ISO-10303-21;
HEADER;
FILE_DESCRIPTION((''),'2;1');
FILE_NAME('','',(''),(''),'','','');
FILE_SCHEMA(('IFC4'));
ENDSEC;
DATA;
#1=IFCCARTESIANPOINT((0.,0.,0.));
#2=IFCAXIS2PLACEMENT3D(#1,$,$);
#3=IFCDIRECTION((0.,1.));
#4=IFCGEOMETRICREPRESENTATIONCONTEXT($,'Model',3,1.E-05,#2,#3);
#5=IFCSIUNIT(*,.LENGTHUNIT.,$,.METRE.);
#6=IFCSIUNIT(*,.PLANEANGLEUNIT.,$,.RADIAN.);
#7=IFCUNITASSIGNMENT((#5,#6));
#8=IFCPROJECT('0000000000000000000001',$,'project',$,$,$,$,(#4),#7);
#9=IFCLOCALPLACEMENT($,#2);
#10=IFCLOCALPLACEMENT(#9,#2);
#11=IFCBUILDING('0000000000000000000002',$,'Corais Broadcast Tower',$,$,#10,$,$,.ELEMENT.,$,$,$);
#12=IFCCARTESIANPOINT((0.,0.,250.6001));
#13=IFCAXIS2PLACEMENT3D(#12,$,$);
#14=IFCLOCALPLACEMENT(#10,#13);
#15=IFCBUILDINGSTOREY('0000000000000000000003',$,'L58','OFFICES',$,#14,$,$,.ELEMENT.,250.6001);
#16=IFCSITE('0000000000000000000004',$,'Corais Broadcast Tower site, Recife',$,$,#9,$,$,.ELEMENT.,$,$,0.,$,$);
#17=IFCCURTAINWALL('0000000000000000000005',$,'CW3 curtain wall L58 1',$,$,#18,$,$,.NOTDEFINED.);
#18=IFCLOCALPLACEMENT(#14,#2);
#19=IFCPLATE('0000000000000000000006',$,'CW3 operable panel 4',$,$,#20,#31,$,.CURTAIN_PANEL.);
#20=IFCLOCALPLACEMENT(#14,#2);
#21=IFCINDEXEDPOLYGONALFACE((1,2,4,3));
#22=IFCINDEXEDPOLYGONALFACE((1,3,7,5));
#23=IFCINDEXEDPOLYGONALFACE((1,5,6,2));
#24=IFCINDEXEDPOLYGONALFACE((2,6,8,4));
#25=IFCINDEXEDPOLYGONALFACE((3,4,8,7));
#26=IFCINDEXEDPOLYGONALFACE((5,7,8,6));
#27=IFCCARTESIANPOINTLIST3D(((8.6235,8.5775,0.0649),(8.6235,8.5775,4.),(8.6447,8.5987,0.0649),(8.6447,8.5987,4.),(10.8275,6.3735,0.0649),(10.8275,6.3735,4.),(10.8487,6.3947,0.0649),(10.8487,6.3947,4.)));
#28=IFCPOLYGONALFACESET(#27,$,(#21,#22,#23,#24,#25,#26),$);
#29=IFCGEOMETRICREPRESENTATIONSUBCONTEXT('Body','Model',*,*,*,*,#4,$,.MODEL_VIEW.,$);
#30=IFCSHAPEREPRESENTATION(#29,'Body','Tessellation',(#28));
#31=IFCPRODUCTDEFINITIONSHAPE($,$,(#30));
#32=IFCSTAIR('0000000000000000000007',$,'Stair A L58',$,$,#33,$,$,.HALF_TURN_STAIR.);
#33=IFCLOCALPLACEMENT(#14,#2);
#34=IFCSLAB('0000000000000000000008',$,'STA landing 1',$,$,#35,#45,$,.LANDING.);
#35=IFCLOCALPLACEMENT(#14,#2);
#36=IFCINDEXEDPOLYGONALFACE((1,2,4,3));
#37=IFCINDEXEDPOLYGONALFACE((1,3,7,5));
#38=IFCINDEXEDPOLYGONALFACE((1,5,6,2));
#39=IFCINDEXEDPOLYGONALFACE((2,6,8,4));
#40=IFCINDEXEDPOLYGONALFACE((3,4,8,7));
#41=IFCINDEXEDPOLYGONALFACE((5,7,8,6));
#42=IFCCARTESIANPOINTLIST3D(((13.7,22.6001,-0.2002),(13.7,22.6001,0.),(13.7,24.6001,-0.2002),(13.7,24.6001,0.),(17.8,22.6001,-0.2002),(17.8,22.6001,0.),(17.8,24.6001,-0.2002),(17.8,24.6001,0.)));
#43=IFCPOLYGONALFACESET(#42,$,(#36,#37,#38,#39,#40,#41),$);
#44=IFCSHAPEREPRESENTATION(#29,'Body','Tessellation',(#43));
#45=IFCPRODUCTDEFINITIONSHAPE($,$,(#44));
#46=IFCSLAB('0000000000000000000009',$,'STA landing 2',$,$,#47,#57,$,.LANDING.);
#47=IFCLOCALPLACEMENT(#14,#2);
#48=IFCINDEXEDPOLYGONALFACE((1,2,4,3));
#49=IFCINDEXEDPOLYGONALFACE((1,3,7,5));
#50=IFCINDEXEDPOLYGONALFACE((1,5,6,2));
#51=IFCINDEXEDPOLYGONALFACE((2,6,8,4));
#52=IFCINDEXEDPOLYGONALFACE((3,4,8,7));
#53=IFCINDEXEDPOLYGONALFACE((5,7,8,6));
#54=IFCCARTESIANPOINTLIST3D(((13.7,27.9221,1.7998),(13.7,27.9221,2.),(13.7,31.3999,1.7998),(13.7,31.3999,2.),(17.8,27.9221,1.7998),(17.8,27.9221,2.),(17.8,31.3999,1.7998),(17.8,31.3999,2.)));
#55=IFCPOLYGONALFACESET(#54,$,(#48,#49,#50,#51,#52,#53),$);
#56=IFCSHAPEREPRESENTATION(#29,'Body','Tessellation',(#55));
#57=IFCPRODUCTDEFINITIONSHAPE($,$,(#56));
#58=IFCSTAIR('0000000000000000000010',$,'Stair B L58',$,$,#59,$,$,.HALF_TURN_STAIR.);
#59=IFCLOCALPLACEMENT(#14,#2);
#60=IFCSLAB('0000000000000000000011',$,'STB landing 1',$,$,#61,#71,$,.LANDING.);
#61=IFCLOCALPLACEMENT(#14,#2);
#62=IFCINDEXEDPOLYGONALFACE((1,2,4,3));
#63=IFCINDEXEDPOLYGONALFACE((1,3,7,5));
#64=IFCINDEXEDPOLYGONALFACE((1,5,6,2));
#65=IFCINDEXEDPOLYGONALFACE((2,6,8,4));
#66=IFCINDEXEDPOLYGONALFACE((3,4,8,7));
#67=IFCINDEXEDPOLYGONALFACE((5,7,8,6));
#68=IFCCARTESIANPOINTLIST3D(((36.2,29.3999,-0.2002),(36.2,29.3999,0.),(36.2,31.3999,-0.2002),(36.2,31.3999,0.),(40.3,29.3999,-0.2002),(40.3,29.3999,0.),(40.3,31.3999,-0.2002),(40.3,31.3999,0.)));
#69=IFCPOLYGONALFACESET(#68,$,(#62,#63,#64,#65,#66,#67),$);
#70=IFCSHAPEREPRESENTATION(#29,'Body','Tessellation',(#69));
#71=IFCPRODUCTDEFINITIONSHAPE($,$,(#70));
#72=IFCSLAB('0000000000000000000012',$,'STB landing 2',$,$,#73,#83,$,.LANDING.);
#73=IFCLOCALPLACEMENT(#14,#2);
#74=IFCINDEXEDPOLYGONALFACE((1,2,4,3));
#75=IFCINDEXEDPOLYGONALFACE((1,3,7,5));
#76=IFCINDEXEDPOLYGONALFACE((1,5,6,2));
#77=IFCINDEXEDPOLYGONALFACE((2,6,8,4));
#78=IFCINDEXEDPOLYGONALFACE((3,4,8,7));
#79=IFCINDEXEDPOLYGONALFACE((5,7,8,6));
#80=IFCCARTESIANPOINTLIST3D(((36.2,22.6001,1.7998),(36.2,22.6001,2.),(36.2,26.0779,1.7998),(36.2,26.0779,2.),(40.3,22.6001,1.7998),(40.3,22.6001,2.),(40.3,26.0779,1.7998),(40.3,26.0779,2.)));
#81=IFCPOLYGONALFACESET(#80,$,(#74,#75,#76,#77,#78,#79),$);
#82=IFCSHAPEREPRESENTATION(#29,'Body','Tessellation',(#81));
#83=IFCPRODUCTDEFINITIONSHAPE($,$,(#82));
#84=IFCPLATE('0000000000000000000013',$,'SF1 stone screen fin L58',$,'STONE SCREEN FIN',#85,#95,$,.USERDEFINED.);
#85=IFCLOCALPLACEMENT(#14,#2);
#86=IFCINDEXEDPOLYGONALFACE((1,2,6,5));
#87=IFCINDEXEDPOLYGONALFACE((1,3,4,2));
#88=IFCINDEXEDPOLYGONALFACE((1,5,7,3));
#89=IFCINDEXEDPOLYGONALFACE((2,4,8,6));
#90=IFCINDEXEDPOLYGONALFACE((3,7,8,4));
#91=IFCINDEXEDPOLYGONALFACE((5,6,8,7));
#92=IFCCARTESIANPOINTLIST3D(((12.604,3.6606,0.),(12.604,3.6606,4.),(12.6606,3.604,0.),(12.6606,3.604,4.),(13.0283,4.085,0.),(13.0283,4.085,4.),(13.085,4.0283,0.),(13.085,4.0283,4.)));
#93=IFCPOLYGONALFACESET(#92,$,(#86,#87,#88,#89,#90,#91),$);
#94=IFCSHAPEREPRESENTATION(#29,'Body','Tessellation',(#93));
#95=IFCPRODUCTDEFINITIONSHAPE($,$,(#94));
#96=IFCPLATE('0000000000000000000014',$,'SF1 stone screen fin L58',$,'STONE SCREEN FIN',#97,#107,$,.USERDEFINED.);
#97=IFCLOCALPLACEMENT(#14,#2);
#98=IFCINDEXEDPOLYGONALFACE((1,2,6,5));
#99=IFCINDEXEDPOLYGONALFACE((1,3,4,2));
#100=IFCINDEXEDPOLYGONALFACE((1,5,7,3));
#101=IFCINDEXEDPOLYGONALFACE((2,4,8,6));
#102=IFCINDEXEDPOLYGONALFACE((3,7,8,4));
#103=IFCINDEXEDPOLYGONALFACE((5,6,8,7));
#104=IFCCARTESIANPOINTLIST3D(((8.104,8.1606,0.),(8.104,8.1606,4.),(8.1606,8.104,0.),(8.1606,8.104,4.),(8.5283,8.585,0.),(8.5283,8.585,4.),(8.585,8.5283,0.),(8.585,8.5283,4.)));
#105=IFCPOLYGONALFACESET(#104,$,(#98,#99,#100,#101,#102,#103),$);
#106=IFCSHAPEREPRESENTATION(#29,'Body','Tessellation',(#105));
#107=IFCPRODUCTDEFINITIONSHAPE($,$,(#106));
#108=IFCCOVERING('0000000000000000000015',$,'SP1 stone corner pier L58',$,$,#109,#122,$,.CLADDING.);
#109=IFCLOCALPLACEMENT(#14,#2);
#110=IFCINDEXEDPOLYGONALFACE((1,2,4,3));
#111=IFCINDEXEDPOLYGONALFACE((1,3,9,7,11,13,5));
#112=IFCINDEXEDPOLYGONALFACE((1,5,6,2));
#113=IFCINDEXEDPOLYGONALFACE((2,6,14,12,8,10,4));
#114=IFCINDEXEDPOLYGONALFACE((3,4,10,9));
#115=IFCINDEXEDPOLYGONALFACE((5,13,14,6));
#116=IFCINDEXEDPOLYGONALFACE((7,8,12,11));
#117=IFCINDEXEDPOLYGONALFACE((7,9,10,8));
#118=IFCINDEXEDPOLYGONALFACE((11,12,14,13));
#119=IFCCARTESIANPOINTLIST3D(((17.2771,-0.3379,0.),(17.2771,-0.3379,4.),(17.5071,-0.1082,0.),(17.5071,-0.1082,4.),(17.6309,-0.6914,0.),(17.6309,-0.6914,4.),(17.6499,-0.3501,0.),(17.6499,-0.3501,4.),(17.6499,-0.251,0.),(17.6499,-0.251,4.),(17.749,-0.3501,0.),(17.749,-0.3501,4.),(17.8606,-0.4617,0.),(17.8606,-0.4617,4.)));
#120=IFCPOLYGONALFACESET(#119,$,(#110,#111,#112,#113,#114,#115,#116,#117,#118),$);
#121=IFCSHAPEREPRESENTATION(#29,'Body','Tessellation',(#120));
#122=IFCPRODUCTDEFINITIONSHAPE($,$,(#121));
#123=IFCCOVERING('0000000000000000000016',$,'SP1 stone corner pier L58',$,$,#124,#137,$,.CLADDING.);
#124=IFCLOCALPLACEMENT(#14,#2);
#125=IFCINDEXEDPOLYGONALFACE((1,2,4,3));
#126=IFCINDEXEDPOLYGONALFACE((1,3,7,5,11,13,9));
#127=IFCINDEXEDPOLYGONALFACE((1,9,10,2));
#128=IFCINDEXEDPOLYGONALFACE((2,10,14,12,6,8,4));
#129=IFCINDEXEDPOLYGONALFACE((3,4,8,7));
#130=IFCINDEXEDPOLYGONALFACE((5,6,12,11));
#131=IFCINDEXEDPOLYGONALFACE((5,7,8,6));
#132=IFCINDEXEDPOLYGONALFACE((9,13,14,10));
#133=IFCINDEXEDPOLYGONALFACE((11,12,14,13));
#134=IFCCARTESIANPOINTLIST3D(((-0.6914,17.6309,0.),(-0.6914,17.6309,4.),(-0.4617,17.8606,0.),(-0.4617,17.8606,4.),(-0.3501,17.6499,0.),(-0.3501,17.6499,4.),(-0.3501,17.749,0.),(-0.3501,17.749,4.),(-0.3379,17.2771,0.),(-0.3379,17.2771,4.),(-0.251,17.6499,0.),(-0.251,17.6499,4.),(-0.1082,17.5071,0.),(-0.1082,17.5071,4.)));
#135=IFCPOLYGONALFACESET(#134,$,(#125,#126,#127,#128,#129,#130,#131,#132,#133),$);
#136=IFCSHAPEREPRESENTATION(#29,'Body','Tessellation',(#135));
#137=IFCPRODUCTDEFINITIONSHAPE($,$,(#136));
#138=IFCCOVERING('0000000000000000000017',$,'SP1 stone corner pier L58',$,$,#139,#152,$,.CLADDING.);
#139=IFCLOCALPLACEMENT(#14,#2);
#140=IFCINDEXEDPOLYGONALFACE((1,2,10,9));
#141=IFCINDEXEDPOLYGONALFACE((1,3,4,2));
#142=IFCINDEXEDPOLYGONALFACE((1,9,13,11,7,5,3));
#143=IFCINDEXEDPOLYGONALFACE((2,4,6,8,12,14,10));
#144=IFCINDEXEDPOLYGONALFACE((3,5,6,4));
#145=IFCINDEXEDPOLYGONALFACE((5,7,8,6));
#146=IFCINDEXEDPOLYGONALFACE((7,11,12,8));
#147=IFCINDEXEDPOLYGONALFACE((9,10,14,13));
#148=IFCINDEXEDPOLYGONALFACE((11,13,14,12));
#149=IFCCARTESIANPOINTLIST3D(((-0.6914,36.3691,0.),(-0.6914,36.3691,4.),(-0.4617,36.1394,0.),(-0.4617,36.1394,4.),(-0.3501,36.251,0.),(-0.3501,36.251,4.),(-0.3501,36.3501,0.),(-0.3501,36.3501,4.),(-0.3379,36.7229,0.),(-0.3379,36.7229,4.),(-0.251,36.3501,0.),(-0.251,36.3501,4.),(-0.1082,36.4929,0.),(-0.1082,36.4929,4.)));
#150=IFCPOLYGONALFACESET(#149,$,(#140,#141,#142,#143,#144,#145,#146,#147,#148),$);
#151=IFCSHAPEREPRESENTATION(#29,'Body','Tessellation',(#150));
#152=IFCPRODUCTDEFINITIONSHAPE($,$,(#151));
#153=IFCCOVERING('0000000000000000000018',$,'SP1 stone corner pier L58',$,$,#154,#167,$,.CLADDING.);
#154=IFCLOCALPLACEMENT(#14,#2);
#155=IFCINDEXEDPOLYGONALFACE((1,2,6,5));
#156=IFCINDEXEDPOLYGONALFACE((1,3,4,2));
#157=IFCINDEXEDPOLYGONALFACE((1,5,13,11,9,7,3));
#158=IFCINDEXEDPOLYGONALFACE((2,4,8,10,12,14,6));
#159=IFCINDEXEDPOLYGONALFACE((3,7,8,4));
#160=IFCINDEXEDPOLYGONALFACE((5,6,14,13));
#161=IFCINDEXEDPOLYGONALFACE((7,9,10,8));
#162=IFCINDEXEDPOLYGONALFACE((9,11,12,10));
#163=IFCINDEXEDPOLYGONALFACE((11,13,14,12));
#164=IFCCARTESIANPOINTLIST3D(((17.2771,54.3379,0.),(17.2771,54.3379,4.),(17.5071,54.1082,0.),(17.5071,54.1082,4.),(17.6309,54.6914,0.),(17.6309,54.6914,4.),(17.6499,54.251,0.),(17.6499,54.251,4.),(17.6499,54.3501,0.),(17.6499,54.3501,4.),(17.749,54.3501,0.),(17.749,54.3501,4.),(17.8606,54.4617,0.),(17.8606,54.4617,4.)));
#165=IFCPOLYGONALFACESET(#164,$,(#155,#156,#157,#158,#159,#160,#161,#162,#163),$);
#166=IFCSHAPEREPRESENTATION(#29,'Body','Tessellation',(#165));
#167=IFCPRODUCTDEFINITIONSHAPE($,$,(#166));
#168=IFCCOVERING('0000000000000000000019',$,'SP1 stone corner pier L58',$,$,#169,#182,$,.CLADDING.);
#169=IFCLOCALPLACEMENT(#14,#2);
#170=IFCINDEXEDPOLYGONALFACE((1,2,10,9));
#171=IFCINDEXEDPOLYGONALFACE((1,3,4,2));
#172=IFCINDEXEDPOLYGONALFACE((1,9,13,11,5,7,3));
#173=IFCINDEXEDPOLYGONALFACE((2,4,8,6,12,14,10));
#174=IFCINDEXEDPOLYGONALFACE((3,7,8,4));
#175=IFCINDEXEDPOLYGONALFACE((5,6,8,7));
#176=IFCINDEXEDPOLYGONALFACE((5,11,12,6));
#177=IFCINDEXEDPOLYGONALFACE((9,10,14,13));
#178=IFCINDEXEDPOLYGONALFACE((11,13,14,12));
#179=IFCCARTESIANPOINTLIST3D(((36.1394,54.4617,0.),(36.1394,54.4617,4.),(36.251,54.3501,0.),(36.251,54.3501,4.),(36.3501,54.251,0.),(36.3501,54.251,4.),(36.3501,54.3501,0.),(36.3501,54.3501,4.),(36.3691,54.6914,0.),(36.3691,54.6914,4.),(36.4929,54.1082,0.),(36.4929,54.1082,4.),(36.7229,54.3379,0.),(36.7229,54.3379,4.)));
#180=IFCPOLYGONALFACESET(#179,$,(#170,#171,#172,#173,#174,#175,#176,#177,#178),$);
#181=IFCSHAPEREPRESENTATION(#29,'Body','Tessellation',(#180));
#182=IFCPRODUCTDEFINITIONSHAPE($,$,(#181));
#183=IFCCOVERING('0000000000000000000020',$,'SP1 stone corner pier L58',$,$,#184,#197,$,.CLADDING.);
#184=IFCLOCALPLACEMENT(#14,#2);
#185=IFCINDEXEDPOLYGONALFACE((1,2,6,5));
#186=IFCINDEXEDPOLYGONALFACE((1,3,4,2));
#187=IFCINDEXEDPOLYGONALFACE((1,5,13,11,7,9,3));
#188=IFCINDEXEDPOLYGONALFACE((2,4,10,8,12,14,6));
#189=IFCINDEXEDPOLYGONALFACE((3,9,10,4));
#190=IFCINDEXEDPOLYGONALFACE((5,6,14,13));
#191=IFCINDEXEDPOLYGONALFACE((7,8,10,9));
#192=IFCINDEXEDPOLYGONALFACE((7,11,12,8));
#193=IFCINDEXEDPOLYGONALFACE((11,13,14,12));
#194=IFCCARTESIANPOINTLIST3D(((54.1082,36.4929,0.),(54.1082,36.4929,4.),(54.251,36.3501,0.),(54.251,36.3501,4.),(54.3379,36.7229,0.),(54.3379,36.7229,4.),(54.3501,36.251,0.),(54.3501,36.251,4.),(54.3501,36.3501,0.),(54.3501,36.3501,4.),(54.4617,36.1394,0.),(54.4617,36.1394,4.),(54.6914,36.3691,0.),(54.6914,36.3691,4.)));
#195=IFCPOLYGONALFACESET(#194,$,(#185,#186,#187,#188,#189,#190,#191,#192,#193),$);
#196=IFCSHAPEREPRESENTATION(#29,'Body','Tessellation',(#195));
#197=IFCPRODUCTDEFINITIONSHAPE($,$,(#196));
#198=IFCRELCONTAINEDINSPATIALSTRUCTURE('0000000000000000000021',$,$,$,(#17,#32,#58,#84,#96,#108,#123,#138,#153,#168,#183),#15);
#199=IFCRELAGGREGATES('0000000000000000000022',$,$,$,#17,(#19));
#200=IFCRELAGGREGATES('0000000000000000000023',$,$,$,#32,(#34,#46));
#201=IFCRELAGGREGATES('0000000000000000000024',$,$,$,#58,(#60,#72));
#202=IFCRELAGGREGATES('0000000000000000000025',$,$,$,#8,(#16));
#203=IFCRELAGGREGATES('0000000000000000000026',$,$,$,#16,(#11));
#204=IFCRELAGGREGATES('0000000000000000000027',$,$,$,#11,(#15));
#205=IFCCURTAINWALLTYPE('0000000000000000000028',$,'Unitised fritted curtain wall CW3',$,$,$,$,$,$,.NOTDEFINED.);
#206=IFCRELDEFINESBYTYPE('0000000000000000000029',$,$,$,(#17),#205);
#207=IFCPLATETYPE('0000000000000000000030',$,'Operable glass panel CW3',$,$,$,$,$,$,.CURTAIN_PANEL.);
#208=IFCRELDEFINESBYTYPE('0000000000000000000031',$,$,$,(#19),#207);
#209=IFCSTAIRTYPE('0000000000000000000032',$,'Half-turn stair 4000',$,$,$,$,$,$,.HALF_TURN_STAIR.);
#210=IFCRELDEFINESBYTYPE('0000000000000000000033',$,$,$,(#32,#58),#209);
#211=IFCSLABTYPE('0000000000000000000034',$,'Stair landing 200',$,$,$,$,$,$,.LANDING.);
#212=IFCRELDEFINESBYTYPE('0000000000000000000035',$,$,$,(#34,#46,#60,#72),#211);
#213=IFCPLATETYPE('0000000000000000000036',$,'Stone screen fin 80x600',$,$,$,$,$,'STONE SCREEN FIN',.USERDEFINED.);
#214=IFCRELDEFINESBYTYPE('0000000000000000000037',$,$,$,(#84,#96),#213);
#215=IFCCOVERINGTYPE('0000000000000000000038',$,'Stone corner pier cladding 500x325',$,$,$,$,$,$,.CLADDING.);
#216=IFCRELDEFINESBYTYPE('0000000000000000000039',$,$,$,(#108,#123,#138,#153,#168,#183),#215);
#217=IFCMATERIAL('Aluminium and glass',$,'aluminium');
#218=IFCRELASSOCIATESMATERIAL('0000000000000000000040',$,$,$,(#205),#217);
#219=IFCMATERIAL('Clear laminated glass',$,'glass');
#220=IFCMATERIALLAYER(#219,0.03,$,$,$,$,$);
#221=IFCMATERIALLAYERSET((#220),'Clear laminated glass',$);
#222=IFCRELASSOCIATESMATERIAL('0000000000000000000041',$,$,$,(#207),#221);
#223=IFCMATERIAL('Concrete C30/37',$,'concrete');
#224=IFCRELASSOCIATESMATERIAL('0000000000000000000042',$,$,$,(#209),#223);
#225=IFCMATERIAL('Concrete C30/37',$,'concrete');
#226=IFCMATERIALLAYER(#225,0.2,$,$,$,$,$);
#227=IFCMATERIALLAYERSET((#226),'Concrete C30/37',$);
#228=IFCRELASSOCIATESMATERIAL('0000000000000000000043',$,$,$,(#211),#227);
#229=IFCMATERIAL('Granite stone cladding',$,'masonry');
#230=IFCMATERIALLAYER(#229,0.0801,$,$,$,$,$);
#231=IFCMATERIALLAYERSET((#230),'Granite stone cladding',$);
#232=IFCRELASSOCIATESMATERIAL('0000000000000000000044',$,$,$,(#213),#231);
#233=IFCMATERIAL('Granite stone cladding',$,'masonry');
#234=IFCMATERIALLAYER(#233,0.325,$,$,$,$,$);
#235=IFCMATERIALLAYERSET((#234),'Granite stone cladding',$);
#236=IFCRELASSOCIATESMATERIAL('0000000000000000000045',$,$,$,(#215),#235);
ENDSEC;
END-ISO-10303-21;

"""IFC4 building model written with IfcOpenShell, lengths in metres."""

from ifc_helpers import new_model, si_unit, direction, frame, origin, origin_2d, place, context, subcontext, project, spatial, polyline, rectangle, outline, extrude, material, layer, layer_set, type_object, element, aggregate, save


model = new_model("IFC4")

# Units and contexts
model_context = context("Model", 3, precision=1e-05, world=origin(), true_north=direction((0.0, 1.0)))
body_context = subcontext(model_context, "Body", "Model", "MODEL_VIEW")
ifc_project = project(units=[si_unit("LENGTHUNIT", "METRE"), si_unit("PLANEANGLEUNIT", "RADIAN")], contexts=[model_context])

# Site, building, storey
site_placement = place(None, origin())
site = spatial("IfcSite", under=ifc_project, at=site_placement, Name="Corais Broadcast Tower site, Recife", CompositionType="ELEMENT", RefElevation=0.0)
building_placement = place(site_placement, origin())
building = spatial("IfcBuilding", under=site, at=building_placement, Name="Corais Broadcast Tower", CompositionType="ELEMENT")
storey_placement = place(building_placement, frame((0.0, 0.0, 250.6001)))
storey = spatial("IfcBuildingStorey", under=building, at=storey_placement, Name="L58", Description="OFFICES", CompositionType="ELEMENT", Elevation=250.6001)

# Curtain wall
ifc_material_1 = material(Name="Aluminium and glass", Category="aluminium")
curtain_wall_type = type_object("IfcCurtainWallType", Name="Unitised fritted curtain wall CW3", PredefinedType="NOTDEFINED", material=ifc_material_1)
curtain_wall_placement = place(storey_placement, origin())
curtain_wall = element("IfcCurtainWall", 1, at=curtain_wall_placement, inside=storey, type_object=curtain_wall_type, Name="CW3 curtain wall L58 1", PredefinedType="NOTDEFINED")

# Plate
ifc_material_2 = material(Name="Clear laminated glass", Category="glass")
ifc_layer_1 = layer(ifc_material_2, 0.03)
ifc_layer_set_1 = layer_set([ifc_layer_1], Name="Clear laminated glass")
plate_type_1 = type_object("IfcPlateType", Name="Operable glass panel CW3", PredefinedType="CURTAIN_PANEL", material=ifc_layer_set_1)
plate_1_placement = place(storey_placement, frame((9.7361, 7.4861, 0.0649), z_axis=(0.0, 0.0, 1.0), x_axis=(-0.707107, 0.707107, 0.0)))
plate_1 = element("IfcPlate", 2, at=plate_1_placement, type_object=plate_type_1, Name="CW3 operable panel 4", PredefinedType="CURTAIN_PANEL", context=body_context, shape_type="SweptSolid", body=[
    extrude(rectangle(XDim=3.1169, YDim=0.03, at=origin_2d()), origin(), (0.0, 0.0, 1.0), 3.9351),
])
aggregate(curtain_wall, [plate_1])

# Stairs, slabs
ifc_material_3 = material(Name="Concrete C30/37", Category="concrete")
stair_type = type_object("IfcStairType", Name="Half-turn stair 4000", PredefinedType="HALF_TURN_STAIR", material=ifc_material_3)
stair_1_placement = place(storey_placement, origin())
stair_1 = element("IfcStair", 3, at=stair_1_placement, inside=storey, type_object=stair_type, Name="Stair A L58", PredefinedType="HALF_TURN_STAIR")
ifc_material_4 = material(Name="Concrete C30/37", Category="concrete")
ifc_layer_2 = layer(ifc_material_4, 0.2)
ifc_layer_set_2 = layer_set([ifc_layer_2], Name="Concrete C30/37")
slab_type_1 = type_object("IfcSlabType", Name="Stair landing 200", PredefinedType="LANDING", material=ifc_layer_set_2)
slab_1_placement = place(storey_placement, frame((0.0, 0.0, -0.2002)))
slab_1 = element("IfcSlab", 4, at=slab_1_placement, type_object=slab_type_1, Name="STA landing 1", PredefinedType="LANDING", context=body_context, shape_type="SweptSolid", body=[
    extrude(outline(polyline([(13.7, 22.6001), (17.8, 22.6001), (17.8, 24.6001), (13.7, 24.6001), (13.7, 22.6001)])), origin(), (0.0, 0.0, 1.0), 0.2002),
])
slab_2_placement = place(storey_placement, frame((0.0, 0.0, 1.7998)))
slab_2 = element("IfcSlab", 5, at=slab_2_placement, type_object=slab_type_1, Name="STA landing 2", PredefinedType="LANDING", context=body_context, shape_type="SweptSolid", body=[
    extrude(outline(polyline([(13.7, 27.9221), (17.8, 27.9221), (17.8, 31.3999), (13.7, 31.3999), (13.7, 27.9221)])), origin(), (0.0, 0.0, 1.0), 0.2002),
])
aggregate(stair_1, [slab_1, slab_2])
stair_2_placement = place(storey_placement, origin())
stair_2 = element("IfcStair", 6, at=stair_2_placement, inside=storey, type_object=stair_type, Name="Stair B L58", PredefinedType="HALF_TURN_STAIR")
slab_3_placement = place(storey_placement, frame((0.0, 0.0, -0.2002)))
slab_3 = element("IfcSlab", 7, at=slab_3_placement, type_object=slab_type_1, Name="STB landing 1", PredefinedType="LANDING", context=body_context, shape_type="SweptSolid", body=[
    extrude(outline(polyline([(36.2, 29.3999), (40.3, 29.3999), (40.3, 31.3999), (36.2, 31.3999), (36.2, 29.3999)])), origin(), (0.0, 0.0, 1.0), 0.2002),
])
slab_4_placement = place(storey_placement, frame((0.0, 0.0, 1.7998)))
slab_4 = element("IfcSlab", 8, at=slab_4_placement, type_object=slab_type_1, Name="STB landing 2", PredefinedType="LANDING", context=body_context, shape_type="SweptSolid", body=[
    extrude(outline(polyline([(36.2, 22.6001), (40.3, 22.6001), (40.3, 26.0779), (36.2, 26.0779), (36.2, 22.6001)])), origin(), (0.0, 0.0, 1.0), 0.2002),
])
aggregate(stair_2, [slab_3, slab_4])

# Plates
ifc_material_5 = material(Name="Granite stone cladding", Category="masonry")
ifc_layer_3 = layer(ifc_material_5, 0.0801)
ifc_layer_set_3 = layer_set([ifc_layer_3], Name="Granite stone cladding")
plate_type_2 = type_object("IfcPlateType", Name="Stone screen fin 80x600", ElementType="STONE SCREEN FIN", PredefinedType="USERDEFINED", material=ifc_layer_set_3)
for number, where, z_axis, x_axis, name in (
    (9, (12.8445, 3.8445, 0.0), (0.0, 0.0, 1.0), (-0.707107, 0.707107, 0.0), "SF1 stone screen fin L58"),
    (10, (8.3445, 8.3445, 0.0), (0.0, 0.0, 1.0), (-0.707107, 0.707107, 0.0), "SF1 stone screen fin L58"),
):
    element("IfcPlate", number, at=place(storey_placement, frame(where, z_axis=z_axis, x_axis=x_axis)), inside=storey, type_object=plate_type_2, Name=name, ObjectType="STONE SCREEN FIN", PredefinedType="USERDEFINED", context=body_context, shape_type="SweptSolid", body=[
        extrude(rectangle(XDim=0.0801, YDim=0.6001, at=origin_2d()), origin(), (0.0, 0.0, 1.0), 4.0),
    ])

# Coverings
ifc_material_6 = material(Name="Granite stone cladding", Category="masonry")
ifc_layer_4 = layer(ifc_material_6, 0.325)
ifc_layer_set_4 = layer_set([ifc_layer_4], Name="Granite stone cladding")
covering_type_1 = type_object("IfcCoveringType", Name="Stone corner pier cladding 500x325", PredefinedType="CLADDING", material=ifc_layer_set_4)
covering_1_placement = place(storey_placement, origin())
element("IfcCovering", 11, at=covering_1_placement, inside=storey, type_object=covering_type_1, Name="SP1 stone corner pier L58", PredefinedType="CLADDING", context=body_context, shape_type="SweptSolid", body=[
    extrude(outline(polyline([(17.8606, -0.4617), (17.749, -0.3501), (17.6499, -0.3501), (17.6499, -0.251), (17.5071, -0.1082), (17.2771, -0.3379), (17.6309, -0.6914), (17.8606, -0.4617)])), origin(), (0.0, 0.0, 1.0), 4.0),
])
covering_2_placement = place(storey_placement, origin())
element("IfcCovering", 12, at=covering_2_placement, inside=storey, type_object=covering_type_1, Name="SP1 stone corner pier L58", PredefinedType="CLADDING", context=body_context, shape_type="SweptSolid", body=[
    extrude(outline(polyline([(-0.3501, 17.749), (-0.4617, 17.8606), (-0.6914, 17.6309), (-0.3379, 17.2771), (-0.1082, 17.5071), (-0.251, 17.6499), (-0.3501, 17.6499), (-0.3501, 17.749)])), origin(), (0.0, 0.0, 1.0), 4.0),
])
covering_3_placement = place(storey_placement, origin())
element("IfcCovering", 13, at=covering_3_placement, inside=storey, type_object=covering_type_1, Name="SP1 stone corner pier L58", PredefinedType="CLADDING", context=body_context, shape_type="SweptSolid", body=[
    extrude(outline(polyline([(-0.4617, 36.1394), (-0.3501, 36.251), (-0.3501, 36.3501), (-0.251, 36.3501), (-0.1082, 36.4929), (-0.3379, 36.7229), (-0.6914, 36.3691), (-0.4617, 36.1394)])), origin(), (0.0, 0.0, 1.0), 4.0),
])
covering_4_placement = place(storey_placement, origin())
element("IfcCovering", 14, at=covering_4_placement, inside=storey, type_object=covering_type_1, Name="SP1 stone corner pier L58", PredefinedType="CLADDING", context=body_context, shape_type="SweptSolid", body=[
    extrude(outline(polyline([(17.749, 54.3501), (17.8606, 54.4617), (17.6309, 54.6914), (17.2771, 54.3379), (17.5071, 54.1082), (17.6499, 54.251), (17.6499, 54.3501), (17.749, 54.3501)])), origin(), (0.0, 0.0, 1.0), 4.0),
])
covering_5_placement = place(storey_placement, origin())
element("IfcCovering", 15, at=covering_5_placement, inside=storey, type_object=covering_type_1, Name="SP1 stone corner pier L58", PredefinedType="CLADDING", context=body_context, shape_type="SweptSolid", body=[
    extrude(outline(polyline([(36.1394, 54.4617), (36.251, 54.3501), (36.3501, 54.3501), (36.3501, 54.251), (36.4929, 54.1082), (36.7229, 54.3379), (36.3691, 54.6914), (36.1394, 54.4617)])), origin(), (0.0, 0.0, 1.0), 4.0),
])
covering_6_placement = place(storey_placement, origin())
element("IfcCovering", 16, at=covering_6_placement, inside=storey, type_object=covering_type_1, Name="SP1 stone corner pier L58", PredefinedType="CLADDING", context=body_context, shape_type="SweptSolid", body=[
    extrude(outline(polyline([(54.3501, 36.251), (54.4617, 36.1394), (54.6914, 36.3691), (54.3379, 36.7229), (54.1082, 36.4929), (54.251, 36.3501), (54.3501, 36.3501), (54.3501, 36.251)])), origin(), (0.0, 0.0, 1.0), 4.0),
])

save(model, "model.ifc")
